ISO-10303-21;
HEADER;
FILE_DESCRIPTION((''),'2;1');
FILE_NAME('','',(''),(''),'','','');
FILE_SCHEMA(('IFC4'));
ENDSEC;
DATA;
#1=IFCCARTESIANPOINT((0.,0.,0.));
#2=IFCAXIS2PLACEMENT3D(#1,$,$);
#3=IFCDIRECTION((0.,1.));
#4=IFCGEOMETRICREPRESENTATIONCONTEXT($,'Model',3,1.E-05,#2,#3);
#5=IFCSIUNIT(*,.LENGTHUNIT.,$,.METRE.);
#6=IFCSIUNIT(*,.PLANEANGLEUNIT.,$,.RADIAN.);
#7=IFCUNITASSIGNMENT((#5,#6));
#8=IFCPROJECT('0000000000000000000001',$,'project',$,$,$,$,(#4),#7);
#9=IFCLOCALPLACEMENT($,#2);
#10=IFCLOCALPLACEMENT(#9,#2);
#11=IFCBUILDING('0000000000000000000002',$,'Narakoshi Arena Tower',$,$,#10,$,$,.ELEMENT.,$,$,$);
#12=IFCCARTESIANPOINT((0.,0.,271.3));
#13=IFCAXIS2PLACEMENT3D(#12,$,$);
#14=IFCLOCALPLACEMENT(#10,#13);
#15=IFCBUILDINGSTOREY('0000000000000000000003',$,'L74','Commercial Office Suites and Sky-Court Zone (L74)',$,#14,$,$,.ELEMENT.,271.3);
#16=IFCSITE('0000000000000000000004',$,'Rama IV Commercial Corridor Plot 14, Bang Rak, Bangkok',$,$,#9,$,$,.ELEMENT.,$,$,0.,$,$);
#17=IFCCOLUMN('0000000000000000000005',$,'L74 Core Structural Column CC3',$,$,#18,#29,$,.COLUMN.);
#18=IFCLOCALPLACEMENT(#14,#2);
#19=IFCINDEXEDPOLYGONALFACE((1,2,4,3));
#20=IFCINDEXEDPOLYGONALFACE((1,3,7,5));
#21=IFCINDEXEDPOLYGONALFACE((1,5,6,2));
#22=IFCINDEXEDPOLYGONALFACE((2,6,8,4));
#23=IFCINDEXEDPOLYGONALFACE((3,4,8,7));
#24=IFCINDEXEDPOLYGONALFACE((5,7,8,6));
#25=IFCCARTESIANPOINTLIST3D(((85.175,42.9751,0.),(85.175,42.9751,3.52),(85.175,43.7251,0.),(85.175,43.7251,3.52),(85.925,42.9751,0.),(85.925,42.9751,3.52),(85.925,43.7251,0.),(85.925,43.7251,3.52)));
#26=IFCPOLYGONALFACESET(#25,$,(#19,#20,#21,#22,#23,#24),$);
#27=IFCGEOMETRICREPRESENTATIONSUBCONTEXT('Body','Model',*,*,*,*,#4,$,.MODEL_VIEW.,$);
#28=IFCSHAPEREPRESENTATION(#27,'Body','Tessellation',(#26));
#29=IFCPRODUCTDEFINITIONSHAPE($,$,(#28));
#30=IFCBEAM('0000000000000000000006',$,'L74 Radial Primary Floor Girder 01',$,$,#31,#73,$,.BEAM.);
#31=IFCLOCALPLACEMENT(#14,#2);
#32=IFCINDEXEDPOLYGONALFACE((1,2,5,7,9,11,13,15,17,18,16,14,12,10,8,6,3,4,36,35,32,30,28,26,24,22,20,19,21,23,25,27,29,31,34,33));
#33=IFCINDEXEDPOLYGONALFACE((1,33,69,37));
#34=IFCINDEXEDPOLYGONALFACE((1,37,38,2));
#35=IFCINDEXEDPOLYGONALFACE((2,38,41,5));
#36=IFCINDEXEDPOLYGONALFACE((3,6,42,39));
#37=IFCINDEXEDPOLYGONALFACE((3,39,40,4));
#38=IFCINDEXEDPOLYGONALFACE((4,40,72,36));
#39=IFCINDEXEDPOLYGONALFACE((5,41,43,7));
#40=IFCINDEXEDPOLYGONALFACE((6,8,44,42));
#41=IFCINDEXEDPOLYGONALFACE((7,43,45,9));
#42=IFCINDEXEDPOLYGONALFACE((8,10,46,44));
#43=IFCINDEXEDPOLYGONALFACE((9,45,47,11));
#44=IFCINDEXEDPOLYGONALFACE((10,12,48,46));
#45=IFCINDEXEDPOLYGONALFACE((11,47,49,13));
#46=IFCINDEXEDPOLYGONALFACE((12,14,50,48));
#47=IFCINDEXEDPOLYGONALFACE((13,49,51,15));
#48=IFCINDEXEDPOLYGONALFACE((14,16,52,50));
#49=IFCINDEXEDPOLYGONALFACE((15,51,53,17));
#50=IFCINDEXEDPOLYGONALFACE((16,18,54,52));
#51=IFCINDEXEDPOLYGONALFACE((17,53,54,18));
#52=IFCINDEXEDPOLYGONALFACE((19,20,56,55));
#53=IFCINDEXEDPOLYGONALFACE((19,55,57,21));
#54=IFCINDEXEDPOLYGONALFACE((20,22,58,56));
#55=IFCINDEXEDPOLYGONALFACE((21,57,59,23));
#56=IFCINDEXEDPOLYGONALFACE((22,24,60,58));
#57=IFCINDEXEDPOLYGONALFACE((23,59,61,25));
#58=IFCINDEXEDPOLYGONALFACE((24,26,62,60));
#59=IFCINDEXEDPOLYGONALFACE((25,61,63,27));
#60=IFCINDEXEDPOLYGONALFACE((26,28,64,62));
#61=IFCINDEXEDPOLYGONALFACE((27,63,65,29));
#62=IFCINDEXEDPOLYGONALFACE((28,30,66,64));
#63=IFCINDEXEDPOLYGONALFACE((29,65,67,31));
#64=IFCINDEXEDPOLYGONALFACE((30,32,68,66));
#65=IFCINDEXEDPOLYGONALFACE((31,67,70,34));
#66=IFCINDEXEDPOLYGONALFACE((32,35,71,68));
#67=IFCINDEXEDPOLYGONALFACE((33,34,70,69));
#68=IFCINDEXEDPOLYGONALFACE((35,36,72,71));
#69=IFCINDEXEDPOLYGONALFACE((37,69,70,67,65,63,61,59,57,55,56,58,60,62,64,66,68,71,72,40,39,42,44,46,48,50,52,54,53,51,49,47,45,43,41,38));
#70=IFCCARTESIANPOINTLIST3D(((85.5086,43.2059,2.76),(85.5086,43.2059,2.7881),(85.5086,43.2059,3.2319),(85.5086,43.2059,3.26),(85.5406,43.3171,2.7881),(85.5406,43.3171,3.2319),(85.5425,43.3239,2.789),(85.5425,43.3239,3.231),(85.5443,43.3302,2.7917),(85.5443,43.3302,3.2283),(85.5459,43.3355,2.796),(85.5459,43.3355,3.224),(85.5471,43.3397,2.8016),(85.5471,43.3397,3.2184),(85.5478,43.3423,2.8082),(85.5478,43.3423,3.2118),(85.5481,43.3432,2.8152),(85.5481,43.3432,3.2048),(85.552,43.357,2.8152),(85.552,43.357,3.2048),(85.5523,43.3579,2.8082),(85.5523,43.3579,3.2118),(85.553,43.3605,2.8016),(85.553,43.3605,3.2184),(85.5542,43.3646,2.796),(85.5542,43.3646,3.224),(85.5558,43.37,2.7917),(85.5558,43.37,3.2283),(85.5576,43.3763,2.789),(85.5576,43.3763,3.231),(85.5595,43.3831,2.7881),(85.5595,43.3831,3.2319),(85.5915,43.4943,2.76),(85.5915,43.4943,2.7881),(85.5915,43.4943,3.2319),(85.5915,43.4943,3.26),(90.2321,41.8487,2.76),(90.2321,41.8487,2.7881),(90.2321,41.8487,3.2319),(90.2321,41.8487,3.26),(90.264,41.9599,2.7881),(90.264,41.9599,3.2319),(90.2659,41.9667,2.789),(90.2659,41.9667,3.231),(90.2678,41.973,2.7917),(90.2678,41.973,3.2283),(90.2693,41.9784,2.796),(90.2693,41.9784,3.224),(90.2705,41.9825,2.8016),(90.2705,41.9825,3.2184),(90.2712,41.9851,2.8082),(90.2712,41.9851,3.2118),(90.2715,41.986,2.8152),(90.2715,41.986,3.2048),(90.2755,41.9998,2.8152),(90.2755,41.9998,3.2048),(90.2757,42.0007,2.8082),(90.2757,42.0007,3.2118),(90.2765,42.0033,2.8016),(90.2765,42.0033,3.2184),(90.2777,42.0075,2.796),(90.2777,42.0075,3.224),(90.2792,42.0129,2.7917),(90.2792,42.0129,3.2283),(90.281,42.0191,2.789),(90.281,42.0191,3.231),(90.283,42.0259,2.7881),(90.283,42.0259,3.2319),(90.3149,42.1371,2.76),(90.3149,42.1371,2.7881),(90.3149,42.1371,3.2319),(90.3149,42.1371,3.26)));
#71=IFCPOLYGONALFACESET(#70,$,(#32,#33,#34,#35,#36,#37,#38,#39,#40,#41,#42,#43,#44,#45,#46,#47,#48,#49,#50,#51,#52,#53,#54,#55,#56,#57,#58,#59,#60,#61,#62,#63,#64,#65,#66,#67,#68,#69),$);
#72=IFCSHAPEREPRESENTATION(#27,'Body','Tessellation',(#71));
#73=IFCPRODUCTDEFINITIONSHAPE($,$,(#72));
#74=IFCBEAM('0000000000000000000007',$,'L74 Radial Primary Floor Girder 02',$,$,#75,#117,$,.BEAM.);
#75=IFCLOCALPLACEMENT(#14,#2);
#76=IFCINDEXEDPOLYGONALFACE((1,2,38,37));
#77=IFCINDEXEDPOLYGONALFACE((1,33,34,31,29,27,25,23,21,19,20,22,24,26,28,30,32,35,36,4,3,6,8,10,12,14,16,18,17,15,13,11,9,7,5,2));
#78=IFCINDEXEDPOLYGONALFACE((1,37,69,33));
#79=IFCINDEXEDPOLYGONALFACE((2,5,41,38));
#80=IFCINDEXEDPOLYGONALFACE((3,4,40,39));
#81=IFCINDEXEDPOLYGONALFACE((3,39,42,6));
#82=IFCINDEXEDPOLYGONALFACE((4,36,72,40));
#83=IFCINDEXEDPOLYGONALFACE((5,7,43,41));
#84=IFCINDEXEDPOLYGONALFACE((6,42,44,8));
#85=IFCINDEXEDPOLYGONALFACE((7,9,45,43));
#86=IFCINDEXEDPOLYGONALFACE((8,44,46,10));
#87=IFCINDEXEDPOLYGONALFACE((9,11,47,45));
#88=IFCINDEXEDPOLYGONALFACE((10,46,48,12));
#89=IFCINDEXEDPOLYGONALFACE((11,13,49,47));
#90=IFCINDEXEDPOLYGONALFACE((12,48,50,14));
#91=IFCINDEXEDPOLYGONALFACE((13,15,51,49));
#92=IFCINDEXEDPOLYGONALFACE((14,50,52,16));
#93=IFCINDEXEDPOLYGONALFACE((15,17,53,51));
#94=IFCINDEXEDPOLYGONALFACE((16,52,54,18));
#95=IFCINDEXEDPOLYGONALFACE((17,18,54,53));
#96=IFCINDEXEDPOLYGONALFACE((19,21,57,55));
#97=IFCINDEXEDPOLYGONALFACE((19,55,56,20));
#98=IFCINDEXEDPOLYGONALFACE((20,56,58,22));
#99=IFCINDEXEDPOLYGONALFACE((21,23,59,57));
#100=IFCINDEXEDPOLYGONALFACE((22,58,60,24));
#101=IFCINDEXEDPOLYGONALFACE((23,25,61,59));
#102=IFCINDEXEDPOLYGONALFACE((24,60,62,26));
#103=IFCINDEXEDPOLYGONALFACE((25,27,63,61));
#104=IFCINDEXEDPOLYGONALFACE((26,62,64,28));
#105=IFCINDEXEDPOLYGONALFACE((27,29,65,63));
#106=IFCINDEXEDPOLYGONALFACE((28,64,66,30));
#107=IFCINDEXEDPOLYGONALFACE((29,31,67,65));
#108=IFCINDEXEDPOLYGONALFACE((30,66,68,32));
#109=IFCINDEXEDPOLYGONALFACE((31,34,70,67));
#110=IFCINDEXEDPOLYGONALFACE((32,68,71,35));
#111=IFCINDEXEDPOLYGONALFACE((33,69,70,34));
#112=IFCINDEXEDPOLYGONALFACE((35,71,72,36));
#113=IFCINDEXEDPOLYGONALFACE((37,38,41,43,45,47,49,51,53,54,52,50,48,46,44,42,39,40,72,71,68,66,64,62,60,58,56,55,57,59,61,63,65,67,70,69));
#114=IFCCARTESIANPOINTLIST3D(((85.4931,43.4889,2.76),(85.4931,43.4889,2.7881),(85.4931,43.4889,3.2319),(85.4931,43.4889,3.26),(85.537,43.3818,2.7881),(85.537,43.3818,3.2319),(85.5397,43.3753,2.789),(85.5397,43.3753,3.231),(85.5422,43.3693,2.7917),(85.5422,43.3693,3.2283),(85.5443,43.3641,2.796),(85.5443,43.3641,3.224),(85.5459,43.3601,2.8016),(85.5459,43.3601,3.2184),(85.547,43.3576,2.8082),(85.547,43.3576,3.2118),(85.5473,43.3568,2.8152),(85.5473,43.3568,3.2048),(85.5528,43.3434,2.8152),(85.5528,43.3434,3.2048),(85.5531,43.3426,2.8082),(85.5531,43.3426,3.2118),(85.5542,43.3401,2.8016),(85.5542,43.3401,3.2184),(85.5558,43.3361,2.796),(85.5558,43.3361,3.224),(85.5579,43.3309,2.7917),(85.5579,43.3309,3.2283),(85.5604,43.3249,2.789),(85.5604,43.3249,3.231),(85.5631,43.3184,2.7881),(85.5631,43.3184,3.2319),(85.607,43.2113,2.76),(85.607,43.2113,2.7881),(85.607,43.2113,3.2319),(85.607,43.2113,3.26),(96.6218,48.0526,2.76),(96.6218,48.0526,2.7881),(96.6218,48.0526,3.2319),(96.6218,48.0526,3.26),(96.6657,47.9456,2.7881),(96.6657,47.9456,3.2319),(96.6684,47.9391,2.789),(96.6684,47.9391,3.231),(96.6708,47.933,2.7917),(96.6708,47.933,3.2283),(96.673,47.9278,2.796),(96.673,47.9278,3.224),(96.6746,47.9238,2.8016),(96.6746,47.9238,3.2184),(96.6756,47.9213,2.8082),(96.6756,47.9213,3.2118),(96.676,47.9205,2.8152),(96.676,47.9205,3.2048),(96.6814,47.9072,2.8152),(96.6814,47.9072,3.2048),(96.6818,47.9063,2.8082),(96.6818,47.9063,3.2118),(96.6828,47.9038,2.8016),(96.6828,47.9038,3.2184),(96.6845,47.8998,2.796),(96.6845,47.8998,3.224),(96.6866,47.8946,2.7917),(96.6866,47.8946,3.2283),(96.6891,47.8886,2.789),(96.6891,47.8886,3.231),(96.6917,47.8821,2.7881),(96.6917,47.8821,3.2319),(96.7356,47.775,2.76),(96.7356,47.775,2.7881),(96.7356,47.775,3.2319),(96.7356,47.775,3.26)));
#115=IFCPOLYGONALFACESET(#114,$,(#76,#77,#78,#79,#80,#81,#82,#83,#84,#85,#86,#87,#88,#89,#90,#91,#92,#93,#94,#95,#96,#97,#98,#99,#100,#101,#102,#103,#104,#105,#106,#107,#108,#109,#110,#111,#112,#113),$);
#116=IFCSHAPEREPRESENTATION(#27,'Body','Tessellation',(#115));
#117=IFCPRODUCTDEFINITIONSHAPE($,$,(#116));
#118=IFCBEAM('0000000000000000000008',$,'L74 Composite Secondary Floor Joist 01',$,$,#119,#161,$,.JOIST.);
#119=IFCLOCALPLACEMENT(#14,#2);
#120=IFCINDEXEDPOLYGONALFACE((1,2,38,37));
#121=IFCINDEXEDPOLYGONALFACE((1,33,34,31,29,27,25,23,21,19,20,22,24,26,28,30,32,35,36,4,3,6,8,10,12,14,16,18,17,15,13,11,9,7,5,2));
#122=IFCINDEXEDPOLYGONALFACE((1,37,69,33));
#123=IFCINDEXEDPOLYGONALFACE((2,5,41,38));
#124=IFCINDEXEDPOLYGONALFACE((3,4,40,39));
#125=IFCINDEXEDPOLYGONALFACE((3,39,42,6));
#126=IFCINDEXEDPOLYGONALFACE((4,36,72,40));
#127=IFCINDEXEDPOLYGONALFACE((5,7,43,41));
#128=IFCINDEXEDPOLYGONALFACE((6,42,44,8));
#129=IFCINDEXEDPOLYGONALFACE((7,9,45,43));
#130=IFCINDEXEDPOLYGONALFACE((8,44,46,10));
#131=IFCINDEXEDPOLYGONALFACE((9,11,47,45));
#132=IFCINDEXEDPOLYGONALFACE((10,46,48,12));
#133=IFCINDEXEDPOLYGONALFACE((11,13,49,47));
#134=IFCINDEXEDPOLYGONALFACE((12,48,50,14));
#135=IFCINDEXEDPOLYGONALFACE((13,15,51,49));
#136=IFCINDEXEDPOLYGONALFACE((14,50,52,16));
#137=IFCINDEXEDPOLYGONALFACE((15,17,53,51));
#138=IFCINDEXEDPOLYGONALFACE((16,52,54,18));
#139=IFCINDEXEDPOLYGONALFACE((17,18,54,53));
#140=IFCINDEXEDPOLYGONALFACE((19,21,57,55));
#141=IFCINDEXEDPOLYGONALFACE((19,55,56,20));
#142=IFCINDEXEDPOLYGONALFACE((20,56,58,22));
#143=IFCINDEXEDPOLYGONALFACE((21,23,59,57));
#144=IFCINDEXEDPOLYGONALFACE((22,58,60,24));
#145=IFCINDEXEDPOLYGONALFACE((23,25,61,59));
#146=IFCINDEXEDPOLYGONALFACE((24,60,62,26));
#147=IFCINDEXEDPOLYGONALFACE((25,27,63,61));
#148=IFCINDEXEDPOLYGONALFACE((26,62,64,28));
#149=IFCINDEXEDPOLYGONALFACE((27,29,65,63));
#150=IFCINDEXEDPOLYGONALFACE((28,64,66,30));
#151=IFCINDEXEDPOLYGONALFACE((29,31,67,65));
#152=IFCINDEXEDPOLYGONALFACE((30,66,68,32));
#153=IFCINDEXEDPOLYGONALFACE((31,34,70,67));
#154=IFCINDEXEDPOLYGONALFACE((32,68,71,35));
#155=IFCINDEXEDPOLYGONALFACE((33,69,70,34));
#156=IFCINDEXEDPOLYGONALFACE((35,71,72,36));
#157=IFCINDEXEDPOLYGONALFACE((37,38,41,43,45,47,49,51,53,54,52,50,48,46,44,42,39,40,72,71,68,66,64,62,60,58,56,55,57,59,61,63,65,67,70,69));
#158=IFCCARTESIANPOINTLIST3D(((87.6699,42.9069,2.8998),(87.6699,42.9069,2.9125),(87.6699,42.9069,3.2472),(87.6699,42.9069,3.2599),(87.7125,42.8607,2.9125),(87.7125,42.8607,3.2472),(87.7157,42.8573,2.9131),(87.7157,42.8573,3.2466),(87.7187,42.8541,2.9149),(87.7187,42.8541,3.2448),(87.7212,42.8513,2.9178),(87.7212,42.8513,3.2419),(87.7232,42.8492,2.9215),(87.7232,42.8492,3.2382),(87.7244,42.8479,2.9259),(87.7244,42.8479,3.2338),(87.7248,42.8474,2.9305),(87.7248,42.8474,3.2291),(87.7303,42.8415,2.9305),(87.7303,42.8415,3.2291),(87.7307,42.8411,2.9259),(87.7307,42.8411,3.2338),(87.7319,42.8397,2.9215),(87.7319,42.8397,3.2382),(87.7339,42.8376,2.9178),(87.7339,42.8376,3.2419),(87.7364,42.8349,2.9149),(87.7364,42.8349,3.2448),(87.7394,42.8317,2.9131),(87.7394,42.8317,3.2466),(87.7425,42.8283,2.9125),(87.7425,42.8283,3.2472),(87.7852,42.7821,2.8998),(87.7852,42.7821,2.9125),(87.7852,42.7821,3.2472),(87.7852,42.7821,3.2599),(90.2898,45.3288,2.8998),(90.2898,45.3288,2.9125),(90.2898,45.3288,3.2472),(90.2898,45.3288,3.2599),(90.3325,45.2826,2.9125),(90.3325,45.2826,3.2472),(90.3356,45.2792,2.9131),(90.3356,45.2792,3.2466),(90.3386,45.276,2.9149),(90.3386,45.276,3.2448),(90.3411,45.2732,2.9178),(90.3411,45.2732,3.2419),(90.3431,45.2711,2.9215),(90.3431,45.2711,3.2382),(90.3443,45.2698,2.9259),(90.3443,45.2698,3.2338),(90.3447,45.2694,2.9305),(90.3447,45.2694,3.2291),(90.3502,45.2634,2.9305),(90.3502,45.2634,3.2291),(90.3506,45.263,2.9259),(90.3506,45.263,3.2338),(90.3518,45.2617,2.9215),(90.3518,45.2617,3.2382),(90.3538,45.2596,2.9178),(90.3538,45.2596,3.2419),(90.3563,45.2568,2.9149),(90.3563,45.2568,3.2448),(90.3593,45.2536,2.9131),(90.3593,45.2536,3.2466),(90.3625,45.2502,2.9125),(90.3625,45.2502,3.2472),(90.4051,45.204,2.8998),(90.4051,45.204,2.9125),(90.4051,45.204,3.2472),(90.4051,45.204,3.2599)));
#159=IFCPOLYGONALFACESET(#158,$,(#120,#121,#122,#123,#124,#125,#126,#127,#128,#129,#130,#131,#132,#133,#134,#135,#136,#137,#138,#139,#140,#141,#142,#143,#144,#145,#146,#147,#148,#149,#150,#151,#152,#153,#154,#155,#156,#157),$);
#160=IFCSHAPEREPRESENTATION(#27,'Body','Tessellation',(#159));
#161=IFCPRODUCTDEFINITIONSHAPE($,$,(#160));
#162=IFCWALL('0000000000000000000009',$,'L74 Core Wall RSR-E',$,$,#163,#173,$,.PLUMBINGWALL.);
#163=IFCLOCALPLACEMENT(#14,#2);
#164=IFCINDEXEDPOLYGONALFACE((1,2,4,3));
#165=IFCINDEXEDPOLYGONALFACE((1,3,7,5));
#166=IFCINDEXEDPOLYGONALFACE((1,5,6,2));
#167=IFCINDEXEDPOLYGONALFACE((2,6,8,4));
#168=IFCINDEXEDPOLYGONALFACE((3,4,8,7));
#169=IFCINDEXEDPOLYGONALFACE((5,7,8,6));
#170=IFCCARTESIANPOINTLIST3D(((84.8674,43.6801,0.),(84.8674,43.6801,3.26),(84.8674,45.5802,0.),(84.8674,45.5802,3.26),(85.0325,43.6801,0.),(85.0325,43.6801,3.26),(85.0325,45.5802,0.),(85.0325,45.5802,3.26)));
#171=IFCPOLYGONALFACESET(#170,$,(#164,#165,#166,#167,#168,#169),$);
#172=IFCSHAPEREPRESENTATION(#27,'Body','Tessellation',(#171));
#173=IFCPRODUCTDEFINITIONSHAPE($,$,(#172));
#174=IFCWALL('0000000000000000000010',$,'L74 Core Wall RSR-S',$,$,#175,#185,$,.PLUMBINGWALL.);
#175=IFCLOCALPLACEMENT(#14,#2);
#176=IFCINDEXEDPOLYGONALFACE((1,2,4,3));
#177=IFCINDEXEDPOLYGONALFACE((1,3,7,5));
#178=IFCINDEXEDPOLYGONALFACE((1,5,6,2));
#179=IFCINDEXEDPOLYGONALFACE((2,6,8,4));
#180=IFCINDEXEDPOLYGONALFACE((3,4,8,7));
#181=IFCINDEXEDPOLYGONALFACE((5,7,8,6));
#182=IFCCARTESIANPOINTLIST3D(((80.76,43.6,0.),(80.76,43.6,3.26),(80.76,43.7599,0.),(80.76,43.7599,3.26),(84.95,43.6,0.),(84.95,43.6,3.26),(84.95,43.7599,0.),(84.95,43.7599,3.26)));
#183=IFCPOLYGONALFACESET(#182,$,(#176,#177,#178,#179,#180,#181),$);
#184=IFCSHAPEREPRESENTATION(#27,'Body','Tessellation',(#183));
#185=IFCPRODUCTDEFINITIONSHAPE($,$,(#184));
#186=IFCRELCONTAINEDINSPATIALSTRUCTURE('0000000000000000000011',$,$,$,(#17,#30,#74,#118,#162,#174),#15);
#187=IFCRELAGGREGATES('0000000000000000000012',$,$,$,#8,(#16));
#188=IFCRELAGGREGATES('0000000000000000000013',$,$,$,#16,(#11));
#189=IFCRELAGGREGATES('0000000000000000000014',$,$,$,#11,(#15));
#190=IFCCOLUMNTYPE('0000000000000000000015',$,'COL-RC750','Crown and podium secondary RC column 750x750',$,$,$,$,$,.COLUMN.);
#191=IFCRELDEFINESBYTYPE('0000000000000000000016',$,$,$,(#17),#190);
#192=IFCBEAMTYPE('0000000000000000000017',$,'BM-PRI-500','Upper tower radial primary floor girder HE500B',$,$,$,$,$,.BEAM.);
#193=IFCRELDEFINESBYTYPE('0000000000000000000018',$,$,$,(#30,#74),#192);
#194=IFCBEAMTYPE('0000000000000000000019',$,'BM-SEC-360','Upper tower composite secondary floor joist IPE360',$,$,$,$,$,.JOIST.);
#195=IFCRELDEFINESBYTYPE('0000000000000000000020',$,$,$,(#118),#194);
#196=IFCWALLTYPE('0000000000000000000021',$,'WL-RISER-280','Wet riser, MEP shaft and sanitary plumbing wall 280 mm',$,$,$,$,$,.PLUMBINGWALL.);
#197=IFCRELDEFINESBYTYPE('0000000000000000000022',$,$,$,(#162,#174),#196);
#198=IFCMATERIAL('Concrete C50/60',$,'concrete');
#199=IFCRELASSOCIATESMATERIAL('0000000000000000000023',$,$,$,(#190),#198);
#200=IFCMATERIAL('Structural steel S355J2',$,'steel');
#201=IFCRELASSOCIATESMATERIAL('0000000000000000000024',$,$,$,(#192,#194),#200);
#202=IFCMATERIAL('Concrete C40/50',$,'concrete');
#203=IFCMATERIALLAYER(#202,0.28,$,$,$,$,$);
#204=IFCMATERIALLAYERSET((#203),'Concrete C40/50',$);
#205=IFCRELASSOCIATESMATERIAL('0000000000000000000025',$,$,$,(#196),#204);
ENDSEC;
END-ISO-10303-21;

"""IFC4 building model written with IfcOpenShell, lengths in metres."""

from ifc_helpers import new_model, si_unit, direction, frame, frame_2d, origin, origin_2d, place, context, subcontext, project, spatial, rectangle, i_section, extrude, material, layer, layer_set, material_profile, profile_set, type_object, element, save


model = new_model("IFC4")

# Units and contexts
model_context = context("Model", 3, precision=1e-05, world=origin(), true_north=direction((0.0, 1.0)))
body_context = subcontext(model_context, "Body", "Model", "MODEL_VIEW")
ifc_project = project(units=[si_unit("LENGTHUNIT", "METRE"), si_unit("PLANEANGLEUNIT", "RADIAN")], contexts=[model_context])

# Site, building, storey
site_placement = place(None, origin())
site = spatial("IfcSite", under=ifc_project, at=site_placement, Name="Rama IV Commercial Corridor Plot 14, Bang Rak, Bangkok", CompositionType="ELEMENT", RefElevation=0.0)
building_placement = place(site_placement, origin())
building = spatial("IfcBuilding", under=site, at=building_placement, Name="Narakoshi Arena Tower", CompositionType="ELEMENT")
storey_placement = place(building_placement, frame((0.0, 0.0, 271.3)))
storey = spatial("IfcBuildingStorey", under=building, at=storey_placement, Name="L74", Description="Commercial Office Suites and Sky-Court Zone (L74)", CompositionType="ELEMENT", Elevation=271.3)

# Column
ifc_material_1 = material(Name="Concrete C50/60", Category="concrete")
ifc_material_profile_1 = material_profile(ifc_material_1, rectangle(XDim=0.75, YDim=0.75, at=origin_2d()), Name="RC750x750")
ifc_profile_set_1 = profile_set([ifc_material_profile_1], Name="Concrete C50/60")
column_type = type_object("IfcColumnType", Name="COL-RC750", Description="Crown and podium secondary RC column 750x750", PredefinedType="COLUMN", material=ifc_profile_set_1)
column_placement = place(storey_placement, frame((85.55, 43.3501, 0.0), z_axis=(0.0, 0.0, 1.0), x_axis=(1.0, 0.0, 0.0)))
element("IfcColumn", 1, at=column_placement, inside=storey, type_object=column_type, Name="L74 Core Structural Column CC3", PredefinedType="COLUMN", context=body_context, shape_type="SweptSolid", body=[
    extrude(rectangle(XDim=0.75, YDim=0.75, at=origin_2d()), origin(), (0.0, 0.0, 1.0), 3.52),
])

# Beams
ifc_material_2 = material(Name="Structural steel S355J2", Category="steel")
ifc_material_profile_2 = material_profile(ifc_material_2, i_section(OverallWidth=0.3, OverallDepth=0.5, WebThickness=0.0144, FlangeThickness=0.0281, FilletRadius=0.0271, at=origin_2d()), Name="HE500B")
ifc_profile_set_2 = profile_set([ifc_material_profile_2], Name="Structural steel S355J2")
beam_type_1 = type_object("IfcBeamType", Name="BM-PRI-500", Description="Upper tower radial primary floor girder HE500B", PredefinedType="BEAM", material=ifc_profile_set_2)
beam_1_placement = place(storey_placement, frame((85.55, 43.3501, 3.01), z_axis=(0.961112, -0.276158, 0.0), x_axis=(0.276158, 0.961112, 0.0)))
element("IfcBeam", 2, at=beam_1_placement, inside=storey, type_object=beam_type_1, Name="L74 Radial Primary Floor Girder 01", PredefinedType="BEAM", context=body_context, shape_type="SweptSolid", body=[
    extrude(i_section(OverallWidth=0.3, OverallDepth=0.5, WebThickness=0.0144, FlangeThickness=0.0281, FilletRadius=0.0271, at=origin_2d()), origin(), (0.0, 0.0, 1.0), 4.9146),
])
beam_2_placement = place(storey_placement, frame((85.55, 43.3501, 3.01), z_axis=(0.925224, 0.379422, 0.0), x_axis=(-0.379422, 0.925224, 0.0)))
element("IfcBeam", 3, at=beam_2_placement, inside=storey, type_object=beam_type_1, Name="L74 Radial Primary Floor Girder 02", PredefinedType="BEAM", context=body_context, shape_type="SweptSolid", body=[
    extrude(i_section(OverallWidth=0.3, OverallDepth=0.5, WebThickness=0.0144, FlangeThickness=0.0281, FilletRadius=0.0271, at=origin_2d()), origin(), (0.0, 0.0, 1.0), 12.0281),
])
ifc_material_profile_3 = material_profile(ifc_material_2, i_section(OverallWidth=0.1699, OverallDepth=0.3601, WebThickness=0.0081, FlangeThickness=0.0127, FilletRadius=0.0181, at=origin_2d()), Name="IPE360")
ifc_profile_set_3 = profile_set([ifc_material_profile_3], Name="Structural steel S355J2")
beam_type_2 = type_object("IfcBeamType", Name="BM-SEC-360", Description="Upper tower composite secondary floor joist IPE360", PredefinedType="JOIST", material=ifc_profile_set_3)
beam_3_placement = place(storey_placement, frame((87.7275, 42.8445, 3.0798), z_axis=(0.73431, 0.678814, 0.0), x_axis=(-0.678814, 0.73431, 0.0)))
element("IfcBeam", 4, at=beam_3_placement, inside=storey, type_object=beam_type_2, Name="L74 Composite Secondary Floor Joist 01", PredefinedType="JOIST", context=body_context, shape_type="SweptSolid", body=[
    extrude(i_section(OverallWidth=0.1699, OverallDepth=0.3601, WebThickness=0.0081, FlangeThickness=0.0127, FilletRadius=0.0181, at=origin_2d()), origin(), (0.0, 0.0, 1.0), 3.5679),
])

# Walls
ifc_material_3 = material(Name="Concrete C40/50", Category="concrete")
ifc_layer_1 = layer(ifc_material_3, 0.28)
ifc_layer_set_1 = layer_set([ifc_layer_1], Name="Concrete C40/50")
wall_type_1 = type_object("IfcWallType", Name="WL-RISER-280", Description="Wet riser, MEP shaft and sanitary plumbing wall 280 mm", PredefinedType="PLUMBINGWALL", material=ifc_layer_set_1)
wall_1_placement = place(storey_placement, frame((84.95, 43.6799, 0.0), z_axis=(0.0, 0.0, 1.0), x_axis=(0.0, 1.0, 0.0)))
element("IfcWall", 5, at=wall_1_placement, inside=storey, type_object=wall_type_1, Name="L74 Core Wall RSR-E", PredefinedType="PLUMBINGWALL", context=body_context, shape_type="SweptSolid", body=[
    extrude(rectangle(XDim=1.9001, YDim=0.165, at=frame_2d((0.9502, 0.0))), origin(), (0.0, 0.0, 1.0), 3.26),
])
wall_2_placement = place(storey_placement, frame((80.76, 43.6799, 0.0), z_axis=(0.0, 0.0, 1.0), x_axis=(1.0, 0.0, 0.0)))
element("IfcWall", 6, at=wall_2_placement, inside=storey, type_object=wall_type_1, Name="L74 Core Wall RSR-S", PredefinedType="PLUMBINGWALL", context=body_context, shape_type="SweptSolid", body=[
    extrude(rectangle(XDim=4.1899, YDim=0.1599, at=frame_2d((2.095, 0.0))), origin(), (0.0, 0.0, 1.0), 3.26),
])

save(model, "model.ifc")
